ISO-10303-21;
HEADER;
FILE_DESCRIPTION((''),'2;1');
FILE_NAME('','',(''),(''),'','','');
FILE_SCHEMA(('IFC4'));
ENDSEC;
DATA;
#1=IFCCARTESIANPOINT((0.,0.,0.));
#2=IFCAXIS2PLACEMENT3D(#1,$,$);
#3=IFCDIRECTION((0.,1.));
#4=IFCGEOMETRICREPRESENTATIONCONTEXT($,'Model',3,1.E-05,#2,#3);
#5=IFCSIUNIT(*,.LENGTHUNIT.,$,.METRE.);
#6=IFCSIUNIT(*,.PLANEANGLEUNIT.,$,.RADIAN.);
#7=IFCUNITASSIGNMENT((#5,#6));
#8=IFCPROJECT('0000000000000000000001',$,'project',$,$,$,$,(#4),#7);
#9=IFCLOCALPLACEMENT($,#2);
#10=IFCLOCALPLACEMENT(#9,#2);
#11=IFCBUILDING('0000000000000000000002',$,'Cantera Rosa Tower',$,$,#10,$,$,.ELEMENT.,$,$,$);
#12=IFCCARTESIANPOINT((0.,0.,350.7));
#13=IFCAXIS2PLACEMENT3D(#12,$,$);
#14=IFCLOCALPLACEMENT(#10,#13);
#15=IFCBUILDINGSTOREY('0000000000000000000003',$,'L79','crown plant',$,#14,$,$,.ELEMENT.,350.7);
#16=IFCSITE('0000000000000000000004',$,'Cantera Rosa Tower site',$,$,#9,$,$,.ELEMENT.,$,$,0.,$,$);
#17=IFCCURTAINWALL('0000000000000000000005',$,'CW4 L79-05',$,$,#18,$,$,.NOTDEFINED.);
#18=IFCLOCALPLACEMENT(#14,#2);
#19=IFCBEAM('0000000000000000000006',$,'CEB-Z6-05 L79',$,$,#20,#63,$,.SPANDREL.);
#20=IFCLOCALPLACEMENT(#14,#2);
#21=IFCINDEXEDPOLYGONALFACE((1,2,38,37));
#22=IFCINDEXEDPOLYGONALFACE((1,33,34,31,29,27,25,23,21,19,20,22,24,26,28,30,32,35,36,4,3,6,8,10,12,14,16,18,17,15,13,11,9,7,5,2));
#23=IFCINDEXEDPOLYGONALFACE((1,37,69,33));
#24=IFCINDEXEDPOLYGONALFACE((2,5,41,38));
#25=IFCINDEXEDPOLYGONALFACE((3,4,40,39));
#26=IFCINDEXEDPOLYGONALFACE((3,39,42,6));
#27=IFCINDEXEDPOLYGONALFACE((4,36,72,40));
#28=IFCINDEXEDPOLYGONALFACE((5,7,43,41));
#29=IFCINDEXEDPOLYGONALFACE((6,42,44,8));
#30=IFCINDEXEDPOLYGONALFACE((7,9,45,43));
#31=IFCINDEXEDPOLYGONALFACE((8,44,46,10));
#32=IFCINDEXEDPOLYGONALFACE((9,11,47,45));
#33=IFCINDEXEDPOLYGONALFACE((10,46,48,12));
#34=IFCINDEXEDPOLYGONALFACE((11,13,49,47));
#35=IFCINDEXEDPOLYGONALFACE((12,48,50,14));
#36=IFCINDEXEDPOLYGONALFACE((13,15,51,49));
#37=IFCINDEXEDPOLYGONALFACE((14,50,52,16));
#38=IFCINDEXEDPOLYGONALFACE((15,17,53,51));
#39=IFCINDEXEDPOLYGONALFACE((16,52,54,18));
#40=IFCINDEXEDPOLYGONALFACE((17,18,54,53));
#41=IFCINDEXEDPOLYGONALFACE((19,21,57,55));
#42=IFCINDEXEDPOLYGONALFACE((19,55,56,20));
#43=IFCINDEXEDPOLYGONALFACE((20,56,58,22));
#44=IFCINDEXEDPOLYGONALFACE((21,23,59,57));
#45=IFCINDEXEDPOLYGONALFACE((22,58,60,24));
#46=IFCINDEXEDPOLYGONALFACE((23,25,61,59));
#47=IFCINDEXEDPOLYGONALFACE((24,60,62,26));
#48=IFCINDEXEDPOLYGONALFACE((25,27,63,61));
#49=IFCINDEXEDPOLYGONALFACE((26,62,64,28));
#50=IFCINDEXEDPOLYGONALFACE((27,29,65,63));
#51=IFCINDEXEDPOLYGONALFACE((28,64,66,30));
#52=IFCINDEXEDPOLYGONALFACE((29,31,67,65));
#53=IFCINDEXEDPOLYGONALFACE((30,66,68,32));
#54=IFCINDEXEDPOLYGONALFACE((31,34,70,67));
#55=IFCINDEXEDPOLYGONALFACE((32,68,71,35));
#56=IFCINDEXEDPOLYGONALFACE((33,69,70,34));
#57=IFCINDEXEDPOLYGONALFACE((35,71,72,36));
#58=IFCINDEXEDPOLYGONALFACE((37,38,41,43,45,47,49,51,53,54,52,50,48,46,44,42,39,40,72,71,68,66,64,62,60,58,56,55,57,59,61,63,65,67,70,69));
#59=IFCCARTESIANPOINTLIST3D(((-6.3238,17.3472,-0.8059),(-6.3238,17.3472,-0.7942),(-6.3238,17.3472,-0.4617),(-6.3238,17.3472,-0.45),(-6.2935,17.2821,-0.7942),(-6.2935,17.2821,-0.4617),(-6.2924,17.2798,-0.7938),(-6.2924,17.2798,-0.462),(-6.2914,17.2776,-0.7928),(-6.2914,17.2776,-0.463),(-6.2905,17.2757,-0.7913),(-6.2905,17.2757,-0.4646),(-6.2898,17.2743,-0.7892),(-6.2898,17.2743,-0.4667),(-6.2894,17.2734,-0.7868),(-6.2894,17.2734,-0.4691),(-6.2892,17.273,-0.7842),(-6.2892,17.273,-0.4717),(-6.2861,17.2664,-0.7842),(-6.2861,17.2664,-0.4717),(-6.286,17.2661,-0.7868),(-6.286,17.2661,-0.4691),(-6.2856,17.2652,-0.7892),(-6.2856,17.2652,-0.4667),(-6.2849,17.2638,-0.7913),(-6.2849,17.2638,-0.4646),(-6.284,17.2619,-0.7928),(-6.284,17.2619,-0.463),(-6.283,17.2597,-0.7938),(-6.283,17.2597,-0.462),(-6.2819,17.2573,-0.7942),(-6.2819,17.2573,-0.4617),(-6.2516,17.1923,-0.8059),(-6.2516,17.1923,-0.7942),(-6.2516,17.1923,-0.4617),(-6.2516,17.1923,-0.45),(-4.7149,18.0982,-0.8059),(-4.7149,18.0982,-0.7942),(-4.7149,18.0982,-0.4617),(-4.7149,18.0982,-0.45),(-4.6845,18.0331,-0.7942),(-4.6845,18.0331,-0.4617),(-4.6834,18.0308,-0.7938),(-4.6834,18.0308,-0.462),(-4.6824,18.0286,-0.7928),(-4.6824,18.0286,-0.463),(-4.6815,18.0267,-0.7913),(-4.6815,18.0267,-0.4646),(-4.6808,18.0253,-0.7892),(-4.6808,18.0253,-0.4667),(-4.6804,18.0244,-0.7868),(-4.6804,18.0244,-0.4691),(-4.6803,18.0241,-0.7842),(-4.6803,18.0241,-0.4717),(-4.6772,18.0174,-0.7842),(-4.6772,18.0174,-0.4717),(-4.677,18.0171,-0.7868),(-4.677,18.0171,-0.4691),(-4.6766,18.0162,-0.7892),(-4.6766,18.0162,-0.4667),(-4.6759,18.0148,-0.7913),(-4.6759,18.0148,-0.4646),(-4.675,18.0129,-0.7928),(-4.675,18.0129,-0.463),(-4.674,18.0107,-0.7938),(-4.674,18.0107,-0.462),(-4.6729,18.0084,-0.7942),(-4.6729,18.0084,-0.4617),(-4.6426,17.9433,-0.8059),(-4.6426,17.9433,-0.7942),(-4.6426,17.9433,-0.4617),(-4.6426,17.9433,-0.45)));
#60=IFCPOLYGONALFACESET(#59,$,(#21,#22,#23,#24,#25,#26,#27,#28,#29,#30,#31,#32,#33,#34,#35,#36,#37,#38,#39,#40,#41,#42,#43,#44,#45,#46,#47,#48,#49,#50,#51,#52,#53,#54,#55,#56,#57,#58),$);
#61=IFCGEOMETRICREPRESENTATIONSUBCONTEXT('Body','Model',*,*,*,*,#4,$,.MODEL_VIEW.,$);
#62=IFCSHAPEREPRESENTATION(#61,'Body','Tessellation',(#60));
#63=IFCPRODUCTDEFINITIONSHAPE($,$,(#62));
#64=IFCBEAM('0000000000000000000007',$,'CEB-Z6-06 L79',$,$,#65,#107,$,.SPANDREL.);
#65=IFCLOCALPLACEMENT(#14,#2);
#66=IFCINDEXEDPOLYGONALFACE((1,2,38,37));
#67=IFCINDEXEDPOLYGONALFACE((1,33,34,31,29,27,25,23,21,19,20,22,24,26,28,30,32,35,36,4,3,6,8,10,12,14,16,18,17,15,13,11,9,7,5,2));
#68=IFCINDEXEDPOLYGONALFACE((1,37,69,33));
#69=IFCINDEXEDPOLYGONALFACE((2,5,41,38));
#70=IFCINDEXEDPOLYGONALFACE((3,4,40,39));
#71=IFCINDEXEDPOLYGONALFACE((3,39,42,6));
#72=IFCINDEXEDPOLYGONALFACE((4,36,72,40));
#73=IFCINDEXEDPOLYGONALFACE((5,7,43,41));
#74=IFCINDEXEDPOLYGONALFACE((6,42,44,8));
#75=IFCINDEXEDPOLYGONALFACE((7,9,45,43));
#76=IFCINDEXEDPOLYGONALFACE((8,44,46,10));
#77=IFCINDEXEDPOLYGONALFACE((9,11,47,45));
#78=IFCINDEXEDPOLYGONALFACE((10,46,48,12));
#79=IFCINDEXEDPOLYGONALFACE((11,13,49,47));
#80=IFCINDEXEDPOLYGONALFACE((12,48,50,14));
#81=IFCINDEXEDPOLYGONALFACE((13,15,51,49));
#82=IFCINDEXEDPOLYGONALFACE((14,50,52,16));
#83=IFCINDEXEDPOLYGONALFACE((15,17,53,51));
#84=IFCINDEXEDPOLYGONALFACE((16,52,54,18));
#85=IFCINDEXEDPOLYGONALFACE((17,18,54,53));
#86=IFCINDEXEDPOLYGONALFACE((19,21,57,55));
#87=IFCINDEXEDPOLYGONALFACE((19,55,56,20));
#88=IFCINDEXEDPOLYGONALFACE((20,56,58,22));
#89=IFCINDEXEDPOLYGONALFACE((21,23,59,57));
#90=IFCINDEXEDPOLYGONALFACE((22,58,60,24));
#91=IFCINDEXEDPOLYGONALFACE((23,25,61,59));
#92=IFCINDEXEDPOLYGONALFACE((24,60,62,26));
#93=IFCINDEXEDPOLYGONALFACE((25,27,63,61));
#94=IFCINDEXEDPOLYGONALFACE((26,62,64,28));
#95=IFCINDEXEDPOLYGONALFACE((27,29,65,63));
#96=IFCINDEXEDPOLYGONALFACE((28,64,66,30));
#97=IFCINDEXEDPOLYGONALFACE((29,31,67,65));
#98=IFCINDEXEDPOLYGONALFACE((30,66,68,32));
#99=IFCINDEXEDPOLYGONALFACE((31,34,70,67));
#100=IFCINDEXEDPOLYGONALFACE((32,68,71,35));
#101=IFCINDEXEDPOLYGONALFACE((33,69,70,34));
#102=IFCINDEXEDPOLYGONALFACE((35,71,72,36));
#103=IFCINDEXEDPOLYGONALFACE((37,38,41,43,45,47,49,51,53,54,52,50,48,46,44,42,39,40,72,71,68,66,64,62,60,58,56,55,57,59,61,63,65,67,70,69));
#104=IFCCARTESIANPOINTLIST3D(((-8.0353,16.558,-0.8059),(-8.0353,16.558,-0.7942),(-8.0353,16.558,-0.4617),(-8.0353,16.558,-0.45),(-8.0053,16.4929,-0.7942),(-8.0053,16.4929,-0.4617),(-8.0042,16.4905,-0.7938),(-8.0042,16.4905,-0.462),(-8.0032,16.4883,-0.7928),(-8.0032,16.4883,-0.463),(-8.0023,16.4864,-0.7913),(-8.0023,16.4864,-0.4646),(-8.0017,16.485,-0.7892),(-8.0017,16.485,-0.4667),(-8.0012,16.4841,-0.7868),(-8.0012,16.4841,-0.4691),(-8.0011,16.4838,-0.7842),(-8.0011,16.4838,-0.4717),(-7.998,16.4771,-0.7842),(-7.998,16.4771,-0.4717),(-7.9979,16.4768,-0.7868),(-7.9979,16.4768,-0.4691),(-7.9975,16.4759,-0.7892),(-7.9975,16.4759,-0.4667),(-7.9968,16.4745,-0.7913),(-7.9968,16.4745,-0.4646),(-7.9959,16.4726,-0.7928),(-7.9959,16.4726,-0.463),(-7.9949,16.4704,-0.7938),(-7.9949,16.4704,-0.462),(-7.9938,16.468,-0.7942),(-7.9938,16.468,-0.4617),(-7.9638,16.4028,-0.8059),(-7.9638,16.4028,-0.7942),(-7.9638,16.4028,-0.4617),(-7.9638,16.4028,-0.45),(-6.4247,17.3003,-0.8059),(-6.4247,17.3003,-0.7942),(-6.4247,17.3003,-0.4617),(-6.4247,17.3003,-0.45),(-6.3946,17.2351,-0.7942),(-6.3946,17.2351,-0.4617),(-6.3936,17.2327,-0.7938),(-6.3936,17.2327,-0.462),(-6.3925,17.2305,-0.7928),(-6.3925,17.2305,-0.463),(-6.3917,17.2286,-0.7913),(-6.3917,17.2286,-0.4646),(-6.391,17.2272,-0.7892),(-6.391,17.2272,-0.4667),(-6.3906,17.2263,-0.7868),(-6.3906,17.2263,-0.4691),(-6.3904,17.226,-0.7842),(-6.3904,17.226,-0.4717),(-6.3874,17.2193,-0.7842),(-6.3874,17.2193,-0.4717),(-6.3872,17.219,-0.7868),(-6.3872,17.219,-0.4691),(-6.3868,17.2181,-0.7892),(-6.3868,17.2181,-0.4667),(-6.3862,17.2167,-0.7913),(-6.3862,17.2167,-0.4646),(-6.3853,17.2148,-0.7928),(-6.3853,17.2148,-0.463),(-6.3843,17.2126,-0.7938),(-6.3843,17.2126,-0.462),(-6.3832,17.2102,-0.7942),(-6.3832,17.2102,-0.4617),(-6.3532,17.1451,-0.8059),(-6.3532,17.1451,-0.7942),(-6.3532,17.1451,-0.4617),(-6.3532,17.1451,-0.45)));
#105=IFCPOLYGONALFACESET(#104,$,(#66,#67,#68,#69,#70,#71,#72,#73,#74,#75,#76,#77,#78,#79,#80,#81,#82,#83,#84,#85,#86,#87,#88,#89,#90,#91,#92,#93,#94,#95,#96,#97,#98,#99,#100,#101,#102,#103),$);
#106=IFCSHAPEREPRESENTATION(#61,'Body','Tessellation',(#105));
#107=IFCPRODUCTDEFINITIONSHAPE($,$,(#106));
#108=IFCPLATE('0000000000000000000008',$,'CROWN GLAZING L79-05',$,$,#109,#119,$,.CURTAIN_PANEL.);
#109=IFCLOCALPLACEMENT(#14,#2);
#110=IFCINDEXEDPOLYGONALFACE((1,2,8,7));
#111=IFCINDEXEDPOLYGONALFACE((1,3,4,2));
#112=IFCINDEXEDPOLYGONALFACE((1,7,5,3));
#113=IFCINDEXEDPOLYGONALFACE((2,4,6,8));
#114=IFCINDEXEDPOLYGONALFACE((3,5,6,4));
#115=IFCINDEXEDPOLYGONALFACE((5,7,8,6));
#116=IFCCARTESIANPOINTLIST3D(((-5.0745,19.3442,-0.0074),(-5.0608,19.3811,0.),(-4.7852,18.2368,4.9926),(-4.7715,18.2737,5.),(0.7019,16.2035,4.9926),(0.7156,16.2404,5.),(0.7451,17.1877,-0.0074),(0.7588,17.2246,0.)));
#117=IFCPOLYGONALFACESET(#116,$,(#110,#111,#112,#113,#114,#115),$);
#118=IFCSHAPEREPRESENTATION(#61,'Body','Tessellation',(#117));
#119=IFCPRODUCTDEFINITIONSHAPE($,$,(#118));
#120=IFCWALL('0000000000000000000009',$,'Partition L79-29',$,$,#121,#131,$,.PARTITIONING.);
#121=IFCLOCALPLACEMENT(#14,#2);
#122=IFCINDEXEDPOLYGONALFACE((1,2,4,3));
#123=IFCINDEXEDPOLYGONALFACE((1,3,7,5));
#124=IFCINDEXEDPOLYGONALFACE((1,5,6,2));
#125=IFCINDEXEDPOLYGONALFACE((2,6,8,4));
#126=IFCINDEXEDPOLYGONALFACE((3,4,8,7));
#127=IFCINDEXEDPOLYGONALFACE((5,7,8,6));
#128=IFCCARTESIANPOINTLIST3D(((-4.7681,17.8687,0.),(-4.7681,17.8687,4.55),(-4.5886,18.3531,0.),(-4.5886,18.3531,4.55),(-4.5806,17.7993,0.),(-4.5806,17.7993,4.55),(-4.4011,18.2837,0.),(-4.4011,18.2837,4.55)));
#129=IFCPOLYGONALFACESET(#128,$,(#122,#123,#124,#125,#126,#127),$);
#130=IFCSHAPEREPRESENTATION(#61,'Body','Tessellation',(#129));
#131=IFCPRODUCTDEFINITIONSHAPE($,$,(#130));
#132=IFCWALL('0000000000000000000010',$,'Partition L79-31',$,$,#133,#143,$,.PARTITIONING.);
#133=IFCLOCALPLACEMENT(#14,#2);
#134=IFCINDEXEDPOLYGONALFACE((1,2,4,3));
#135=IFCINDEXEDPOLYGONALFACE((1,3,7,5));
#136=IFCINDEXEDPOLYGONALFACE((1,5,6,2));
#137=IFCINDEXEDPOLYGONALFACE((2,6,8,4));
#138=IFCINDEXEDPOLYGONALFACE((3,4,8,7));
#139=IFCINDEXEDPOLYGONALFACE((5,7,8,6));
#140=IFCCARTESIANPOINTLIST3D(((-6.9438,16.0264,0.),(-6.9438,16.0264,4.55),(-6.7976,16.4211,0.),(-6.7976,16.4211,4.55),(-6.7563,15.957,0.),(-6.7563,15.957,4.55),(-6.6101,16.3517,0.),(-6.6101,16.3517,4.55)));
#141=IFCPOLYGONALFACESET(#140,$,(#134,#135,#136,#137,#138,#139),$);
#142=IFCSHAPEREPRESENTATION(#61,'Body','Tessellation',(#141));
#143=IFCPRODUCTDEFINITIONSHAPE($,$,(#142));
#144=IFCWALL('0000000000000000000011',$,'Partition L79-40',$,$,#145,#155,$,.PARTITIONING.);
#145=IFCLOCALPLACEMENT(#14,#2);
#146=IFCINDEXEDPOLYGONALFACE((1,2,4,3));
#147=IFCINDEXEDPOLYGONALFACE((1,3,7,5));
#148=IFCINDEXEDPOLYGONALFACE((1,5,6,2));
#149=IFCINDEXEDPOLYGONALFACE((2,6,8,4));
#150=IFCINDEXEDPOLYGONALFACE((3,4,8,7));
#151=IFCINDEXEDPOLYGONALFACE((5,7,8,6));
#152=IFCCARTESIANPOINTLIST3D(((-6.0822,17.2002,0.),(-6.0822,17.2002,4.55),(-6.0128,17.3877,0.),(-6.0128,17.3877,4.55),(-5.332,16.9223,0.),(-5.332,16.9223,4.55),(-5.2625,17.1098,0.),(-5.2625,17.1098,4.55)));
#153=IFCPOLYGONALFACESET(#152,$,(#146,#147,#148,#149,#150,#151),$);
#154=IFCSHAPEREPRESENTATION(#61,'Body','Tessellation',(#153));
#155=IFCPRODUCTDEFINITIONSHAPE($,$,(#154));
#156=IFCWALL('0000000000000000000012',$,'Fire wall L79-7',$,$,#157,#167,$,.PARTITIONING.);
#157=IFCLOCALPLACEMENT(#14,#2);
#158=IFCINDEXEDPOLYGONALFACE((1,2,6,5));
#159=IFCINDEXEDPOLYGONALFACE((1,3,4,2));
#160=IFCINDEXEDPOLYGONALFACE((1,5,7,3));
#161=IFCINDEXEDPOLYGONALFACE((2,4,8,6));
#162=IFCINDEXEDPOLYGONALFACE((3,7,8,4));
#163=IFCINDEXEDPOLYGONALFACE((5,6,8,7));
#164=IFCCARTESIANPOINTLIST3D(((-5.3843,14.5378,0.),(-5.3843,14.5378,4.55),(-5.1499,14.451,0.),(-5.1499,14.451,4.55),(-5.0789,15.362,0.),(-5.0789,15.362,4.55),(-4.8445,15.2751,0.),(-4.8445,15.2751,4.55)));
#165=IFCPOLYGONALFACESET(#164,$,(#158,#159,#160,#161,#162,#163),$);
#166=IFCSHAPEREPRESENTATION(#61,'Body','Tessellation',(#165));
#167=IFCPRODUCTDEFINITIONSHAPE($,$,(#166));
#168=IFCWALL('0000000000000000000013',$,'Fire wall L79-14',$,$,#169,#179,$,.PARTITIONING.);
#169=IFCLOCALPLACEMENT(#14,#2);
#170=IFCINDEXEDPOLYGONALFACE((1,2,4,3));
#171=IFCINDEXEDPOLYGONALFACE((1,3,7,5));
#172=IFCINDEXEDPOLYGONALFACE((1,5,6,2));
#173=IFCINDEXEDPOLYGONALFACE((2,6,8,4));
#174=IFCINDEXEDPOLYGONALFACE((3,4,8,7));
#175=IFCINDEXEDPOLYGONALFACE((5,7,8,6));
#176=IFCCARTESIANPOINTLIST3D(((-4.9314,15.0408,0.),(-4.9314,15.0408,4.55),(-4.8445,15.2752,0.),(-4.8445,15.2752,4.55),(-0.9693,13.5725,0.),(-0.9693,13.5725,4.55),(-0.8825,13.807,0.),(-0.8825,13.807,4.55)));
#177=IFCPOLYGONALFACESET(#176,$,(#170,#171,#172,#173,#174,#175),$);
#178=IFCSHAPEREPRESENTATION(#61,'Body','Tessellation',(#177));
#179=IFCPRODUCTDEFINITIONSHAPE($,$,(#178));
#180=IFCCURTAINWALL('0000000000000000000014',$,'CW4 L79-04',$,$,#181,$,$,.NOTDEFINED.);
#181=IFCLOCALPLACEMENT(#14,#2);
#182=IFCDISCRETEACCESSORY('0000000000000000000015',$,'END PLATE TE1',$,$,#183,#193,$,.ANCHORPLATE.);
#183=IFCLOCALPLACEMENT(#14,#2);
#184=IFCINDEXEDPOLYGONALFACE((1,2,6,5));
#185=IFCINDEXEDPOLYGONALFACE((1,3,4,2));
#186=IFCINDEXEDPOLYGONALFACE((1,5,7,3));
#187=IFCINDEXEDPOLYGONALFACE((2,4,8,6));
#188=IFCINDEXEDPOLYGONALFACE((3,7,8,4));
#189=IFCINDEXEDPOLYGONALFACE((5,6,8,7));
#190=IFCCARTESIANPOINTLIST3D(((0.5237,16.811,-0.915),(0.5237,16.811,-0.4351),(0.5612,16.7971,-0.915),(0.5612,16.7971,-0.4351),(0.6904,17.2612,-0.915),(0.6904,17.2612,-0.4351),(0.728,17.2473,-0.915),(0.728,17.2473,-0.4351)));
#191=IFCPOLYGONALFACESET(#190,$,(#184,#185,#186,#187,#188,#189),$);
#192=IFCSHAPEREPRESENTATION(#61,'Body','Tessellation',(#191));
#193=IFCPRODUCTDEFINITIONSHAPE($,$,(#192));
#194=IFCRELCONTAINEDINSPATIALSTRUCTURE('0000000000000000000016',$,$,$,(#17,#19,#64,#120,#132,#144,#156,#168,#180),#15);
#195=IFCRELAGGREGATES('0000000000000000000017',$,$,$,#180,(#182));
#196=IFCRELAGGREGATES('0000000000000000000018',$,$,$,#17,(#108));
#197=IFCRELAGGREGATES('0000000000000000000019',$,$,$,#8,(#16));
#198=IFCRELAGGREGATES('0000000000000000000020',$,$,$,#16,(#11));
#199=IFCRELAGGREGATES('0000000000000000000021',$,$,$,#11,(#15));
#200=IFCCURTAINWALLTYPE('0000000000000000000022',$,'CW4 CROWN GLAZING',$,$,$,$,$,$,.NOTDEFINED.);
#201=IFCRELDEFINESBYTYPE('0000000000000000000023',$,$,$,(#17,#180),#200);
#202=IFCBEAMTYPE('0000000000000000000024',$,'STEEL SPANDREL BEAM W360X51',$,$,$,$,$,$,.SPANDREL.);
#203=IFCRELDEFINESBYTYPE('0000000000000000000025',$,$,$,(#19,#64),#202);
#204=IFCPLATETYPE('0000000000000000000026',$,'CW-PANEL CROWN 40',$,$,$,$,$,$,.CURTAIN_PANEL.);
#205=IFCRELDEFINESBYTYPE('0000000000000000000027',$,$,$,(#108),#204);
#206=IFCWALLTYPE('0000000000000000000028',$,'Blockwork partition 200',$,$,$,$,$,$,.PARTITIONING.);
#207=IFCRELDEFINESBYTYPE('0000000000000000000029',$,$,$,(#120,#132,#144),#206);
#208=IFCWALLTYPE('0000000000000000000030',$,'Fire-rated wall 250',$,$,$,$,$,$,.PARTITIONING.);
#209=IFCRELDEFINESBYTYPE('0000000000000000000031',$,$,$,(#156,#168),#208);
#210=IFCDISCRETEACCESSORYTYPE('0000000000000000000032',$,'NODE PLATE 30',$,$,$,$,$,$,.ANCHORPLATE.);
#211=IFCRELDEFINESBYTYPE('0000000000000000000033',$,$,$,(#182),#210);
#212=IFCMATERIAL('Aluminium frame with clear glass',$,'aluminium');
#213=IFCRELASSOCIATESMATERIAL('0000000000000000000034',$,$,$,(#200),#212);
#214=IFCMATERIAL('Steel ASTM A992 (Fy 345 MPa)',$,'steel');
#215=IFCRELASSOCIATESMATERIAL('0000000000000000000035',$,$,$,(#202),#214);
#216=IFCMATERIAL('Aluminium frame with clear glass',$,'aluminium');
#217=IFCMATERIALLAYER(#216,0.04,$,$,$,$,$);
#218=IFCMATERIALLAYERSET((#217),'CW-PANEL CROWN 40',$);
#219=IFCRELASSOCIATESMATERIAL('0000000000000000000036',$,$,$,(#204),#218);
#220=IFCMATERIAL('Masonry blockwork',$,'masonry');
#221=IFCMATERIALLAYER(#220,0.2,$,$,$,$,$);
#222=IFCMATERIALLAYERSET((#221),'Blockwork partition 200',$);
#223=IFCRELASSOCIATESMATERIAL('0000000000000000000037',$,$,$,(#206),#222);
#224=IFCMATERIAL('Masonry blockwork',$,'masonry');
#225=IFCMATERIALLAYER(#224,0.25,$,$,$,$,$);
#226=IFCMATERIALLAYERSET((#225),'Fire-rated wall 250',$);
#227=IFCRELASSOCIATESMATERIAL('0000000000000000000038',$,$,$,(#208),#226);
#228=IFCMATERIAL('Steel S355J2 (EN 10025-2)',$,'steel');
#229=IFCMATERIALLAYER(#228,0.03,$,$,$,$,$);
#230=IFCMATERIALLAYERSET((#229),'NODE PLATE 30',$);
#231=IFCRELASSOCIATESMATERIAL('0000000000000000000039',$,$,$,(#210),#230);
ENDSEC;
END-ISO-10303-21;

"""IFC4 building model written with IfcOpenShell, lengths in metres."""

from ifc_helpers import new_model, si_unit, direction, frame, frame_2d, origin, origin_2d, place, context, subcontext, project, spatial, polyline, rectangle, i_section, outline, extrude, material, layer, layer_set, material_profile, profile_set, type_object, element, aggregate, save


model = new_model("IFC4")

# Units and contexts
model_context = context("Model", 3, precision=1e-05, world=origin(), true_north=direction((0.0, 1.0)))
body_context = subcontext(model_context, "Body", "Model", "MODEL_VIEW")
ifc_project = project(units=[si_unit("LENGTHUNIT", "METRE"), si_unit("PLANEANGLEUNIT", "RADIAN")], contexts=[model_context])

# Site, building, storey
site_placement = place(None, origin())
site = spatial("IfcSite", under=ifc_project, at=site_placement, Name="Cantera Rosa Tower site", CompositionType="ELEMENT", RefElevation=0.0)
building_placement = place(site_placement, origin())
building = spatial("IfcBuilding", under=site, at=building_placement, Name="Cantera Rosa Tower", CompositionType="ELEMENT")
storey_placement = place(building_placement, frame((0.0, 0.0, 350.7)))
storey = spatial("IfcBuildingStorey", under=building, at=storey_placement, Name="L79", Description="crown plant", CompositionType="ELEMENT", Elevation=350.7)

# Curtain wall
ifc_material_1 = material(Name="Aluminium frame with clear glass", Category="aluminium")
curtain_wall_type = type_object("IfcCurtainWallType", Name="CW4 CROWN GLAZING", PredefinedType="NOTDEFINED", material=ifc_material_1)
curtain_wall_1_placement = place(storey_placement, origin())
curtain_wall_1 = element("IfcCurtainWall", 1, at=curtain_wall_1_placement, inside=storey, type_object=curtain_wall_type, Name="CW4 L79-05", PredefinedType="NOTDEFINED")

# Beams
ifc_material_2 = material(Name="Steel ASTM A992 (Fy 345 MPa)", Category="steel")
ifc_material_profile_1 = material_profile(ifc_material_2, i_section(OverallWidth=0.1709, OverallDepth=0.356, WebThickness=0.0073, FlangeThickness=0.0117, FilletRadius=0.01, at=origin_2d()), Name="W360X51")
ifc_profile_set_1 = profile_set([ifc_material_profile_1], Name="Steel ASTM A992 (Fy 345 MPa)")
beam_type = type_object("IfcBeamType", Name="STEEL SPANDREL BEAM W360X51", PredefinedType="SPANDREL", material=ifc_profile_set_1)
beam_1_placement = place(storey_placement, frame((-4.6787, 18.0208, -0.6279), z_axis=(-0.906148, -0.422961, 0.0), x_axis=(0.422961, -0.906148, 0.0)))
element("IfcBeam", 2, at=beam_1_placement, inside=storey, type_object=beam_type, Name="CEB-Z6-05 L79", PredefinedType="SPANDREL", context=body_context, shape_type="SweptSolid", body=[
    extrude(i_section(OverallWidth=0.1709, OverallDepth=0.356, WebThickness=0.0073, FlangeThickness=0.0117, FilletRadius=0.01, at=origin_2d()), origin(), (0.0, 0.0, 1.0), 1.7756),
])
beam_2_placement = place(storey_placement, frame((-6.3889, 17.2227, -0.6279), z_axis=(-0.908209, -0.418517, 0.0), x_axis=(0.418517, -0.908209, 0.0)))
element("IfcBeam", 3, at=beam_2_placement, inside=storey, type_object=beam_type, Name="CEB-Z6-06 L79", PredefinedType="SPANDREL", context=body_context, shape_type="SweptSolid", body=[
    extrude(i_section(OverallWidth=0.1709, OverallDepth=0.356, WebThickness=0.0073, FlangeThickness=0.0117, FilletRadius=0.01, at=origin_2d()), origin(), (0.0, 0.0, 1.0), 1.7734),
])

# Plate
ifc_material_3 = material(Name="Aluminium frame with clear glass", Category="aluminium")
ifc_layer_1 = layer(ifc_material_3, 0.04)
ifc_layer_set_1 = layer_set([ifc_layer_1], Name="CW-PANEL CROWN 40")
plate_type = type_object("IfcPlateType", Name="CW-PANEL CROWN 40", PredefinedType="CURTAIN_PANEL", material=ifc_layer_set_1)
plate_1_placement = place(storey_placement, frame((0.7588, 17.2246, 0.0), z_axis=(0.341508, 0.921621, 0.184357), x_axis=(-0.937693, 0.347464, -0.000001)))
plate_1 = element("IfcPlate", 4, at=plate_1_placement, type_object=plate_type, Name="CROWN GLAZING L79-05", PredefinedType="CURTAIN_PANEL", context=body_context, shape_type="SweptSolid", body=[
    extrude(outline(polyline([(0.0, 0.0), (6.2063, 0.0), (5.5502, 5.0872), (-0.3014, 5.0872), (0.0, 0.0)])), origin(), (0.0, 0.0, -1.0), 0.04),
])

# Walls
ifc_material_4 = material(Name="Masonry blockwork", Category="masonry")
ifc_layer_2 = layer(ifc_material_4, 0.2)
ifc_layer_set_2 = layer_set([ifc_layer_2], Name="Blockwork partition 200")
wall_type_1 = type_object("IfcWallType", Name="Blockwork partition 200", PredefinedType="PARTITIONING", material=ifc_layer_set_2)
wall_1_placement = place(storey_placement, frame((-4.6743, 17.834, 0.0), z_axis=(0.0, 0.0, 1.0), x_axis=(0.347391, 0.93772, 0.0)))
element("IfcWall", 5, at=wall_1_placement, inside=storey, type_object=wall_type_1, Name="Partition L79-29", PredefinedType="PARTITIONING", context=body_context, shape_type="SweptSolid", body=[
    extrude(rectangle(XDim=0.5166, YDim=0.2, at=frame_2d((0.2583, 0.0))), origin(), (0.0, 0.0, 1.0), 4.55),
])
wall_2_placement = place(storey_placement, frame((-6.8501, 15.9917, 0.0), z_axis=(0.0, 0.0, 1.0), x_axis=(0.347371, 0.937728, 0.0)))
element("IfcWall", 6, at=wall_2_placement, inside=storey, type_object=wall_type_1, Name="Partition L79-31", PredefinedType="PARTITIONING", context=body_context, shape_type="SweptSolid", body=[
    extrude(rectangle(XDim=0.4209, YDim=0.2, at=frame_2d((0.2104, 0.0))), origin(), (0.0, 0.0, 1.0), 4.55),
])
wall_3_placement = place(storey_placement, frame((-5.2974, 17.0161, 0.0), z_axis=(0.0, 0.0, 1.0), x_axis=(-0.937763, 0.347275, 0.0)))
element("IfcWall", 7, at=wall_3_placement, inside=storey, type_object=wall_type_1, Name="Partition L79-40", PredefinedType="PARTITIONING", context=body_context, shape_type="SweptSolid", body=[
    extrude(rectangle(XDim=0.8, YDim=0.2, at=frame_2d((0.3999, 0.0))), origin(), (0.0, 0.0, 1.0), 4.55),
])
ifc_material_5 = material(Name="Masonry blockwork", Category="masonry")
ifc_layer_3 = layer(ifc_material_5, 0.25)
ifc_layer_set_3 = layer_set([ifc_layer_3], Name="Fire-rated wall 250")
wall_type_2 = type_object("IfcWallType", Name="Fire-rated wall 250", PredefinedType="PARTITIONING", material=ifc_layer_set_3)
wall_4_placement = place(storey_placement, frame((-5.2671, 14.4944, 0.0), z_axis=(0.0, 0.0, 1.0), x_axis=(0.347468, 0.937692, 0.0)))
element("IfcWall", 8, at=wall_4_placement, inside=storey, type_object=wall_type_2, Name="Fire wall L79-7", PredefinedType="PARTITIONING", context=body_context, shape_type="SweptSolid", body=[
    extrude(rectangle(XDim=0.8789, YDim=0.25, at=frame_2d((0.4395, 0.0))), origin(), (0.0, 0.0, 1.0), 4.55),
])
wall_5_placement = place(storey_placement, frame((-0.9258, 13.6897, 0.0), z_axis=(0.0, 0.0, 1.0), x_axis=(-0.937687, 0.34748, 0.0)))
element("IfcWall", 9, at=wall_5_placement, inside=storey, type_object=wall_type_2, Name="Fire wall L79-14", PredefinedType="PARTITIONING", context=body_context, shape_type="SweptSolid", body=[
    extrude(rectangle(XDim=4.2253, YDim=0.25, at=frame_2d((2.1128, 0.0))), origin(), (0.0, 0.0, 1.0), 4.55),
])

# Curtain wall, discrete accessory
curtain_wall_2_placement = place(storey_placement, origin())
curtain_wall_2 = element("IfcCurtainWall", 10, at=curtain_wall_2_placement, inside=storey, type_object=curtain_wall_type, Name="CW4 L79-04", PredefinedType="NOTDEFINED")
ifc_material_6 = material(Name="Steel S355J2 (EN 10025-2)", Category="steel")
ifc_layer_4 = layer(ifc_material_6, 0.03)
ifc_layer_set_4 = layer_set([ifc_layer_4], Name="NODE PLATE 30")
discrete_accessory_type = type_object("IfcDiscreteAccessoryType", Name="NODE PLATE 30", PredefinedType="ANCHORPLATE", material=ifc_layer_set_4)
discrete_accessory_1_placement = place(storey_placement, frame((0.5237, 16.811, -0.4351), z_axis=(-0.937743, 0.347331, 0.0), x_axis=(0.347331, 0.937743, 0.0)))
discrete_accessory_1 = element("IfcDiscreteAccessory", 11, at=discrete_accessory_1_placement, type_object=discrete_accessory_type, Name="END PLATE TE1", PredefinedType="ANCHORPLATE", context=body_context, shape_type="SweptSolid", body=[
    extrude(outline(polyline([(0.0, 0.0), (0.4801, 0.0), (0.4801, 0.48), (0.0, 0.48), (0.0, 0.0)])), origin(), (0.0, 0.0, -1.0), 0.04),
])
aggregate(curtain_wall_2, [discrete_accessory_1])

aggregate(curtain_wall_1, [plate_1])

save(model, "model.ifc")
